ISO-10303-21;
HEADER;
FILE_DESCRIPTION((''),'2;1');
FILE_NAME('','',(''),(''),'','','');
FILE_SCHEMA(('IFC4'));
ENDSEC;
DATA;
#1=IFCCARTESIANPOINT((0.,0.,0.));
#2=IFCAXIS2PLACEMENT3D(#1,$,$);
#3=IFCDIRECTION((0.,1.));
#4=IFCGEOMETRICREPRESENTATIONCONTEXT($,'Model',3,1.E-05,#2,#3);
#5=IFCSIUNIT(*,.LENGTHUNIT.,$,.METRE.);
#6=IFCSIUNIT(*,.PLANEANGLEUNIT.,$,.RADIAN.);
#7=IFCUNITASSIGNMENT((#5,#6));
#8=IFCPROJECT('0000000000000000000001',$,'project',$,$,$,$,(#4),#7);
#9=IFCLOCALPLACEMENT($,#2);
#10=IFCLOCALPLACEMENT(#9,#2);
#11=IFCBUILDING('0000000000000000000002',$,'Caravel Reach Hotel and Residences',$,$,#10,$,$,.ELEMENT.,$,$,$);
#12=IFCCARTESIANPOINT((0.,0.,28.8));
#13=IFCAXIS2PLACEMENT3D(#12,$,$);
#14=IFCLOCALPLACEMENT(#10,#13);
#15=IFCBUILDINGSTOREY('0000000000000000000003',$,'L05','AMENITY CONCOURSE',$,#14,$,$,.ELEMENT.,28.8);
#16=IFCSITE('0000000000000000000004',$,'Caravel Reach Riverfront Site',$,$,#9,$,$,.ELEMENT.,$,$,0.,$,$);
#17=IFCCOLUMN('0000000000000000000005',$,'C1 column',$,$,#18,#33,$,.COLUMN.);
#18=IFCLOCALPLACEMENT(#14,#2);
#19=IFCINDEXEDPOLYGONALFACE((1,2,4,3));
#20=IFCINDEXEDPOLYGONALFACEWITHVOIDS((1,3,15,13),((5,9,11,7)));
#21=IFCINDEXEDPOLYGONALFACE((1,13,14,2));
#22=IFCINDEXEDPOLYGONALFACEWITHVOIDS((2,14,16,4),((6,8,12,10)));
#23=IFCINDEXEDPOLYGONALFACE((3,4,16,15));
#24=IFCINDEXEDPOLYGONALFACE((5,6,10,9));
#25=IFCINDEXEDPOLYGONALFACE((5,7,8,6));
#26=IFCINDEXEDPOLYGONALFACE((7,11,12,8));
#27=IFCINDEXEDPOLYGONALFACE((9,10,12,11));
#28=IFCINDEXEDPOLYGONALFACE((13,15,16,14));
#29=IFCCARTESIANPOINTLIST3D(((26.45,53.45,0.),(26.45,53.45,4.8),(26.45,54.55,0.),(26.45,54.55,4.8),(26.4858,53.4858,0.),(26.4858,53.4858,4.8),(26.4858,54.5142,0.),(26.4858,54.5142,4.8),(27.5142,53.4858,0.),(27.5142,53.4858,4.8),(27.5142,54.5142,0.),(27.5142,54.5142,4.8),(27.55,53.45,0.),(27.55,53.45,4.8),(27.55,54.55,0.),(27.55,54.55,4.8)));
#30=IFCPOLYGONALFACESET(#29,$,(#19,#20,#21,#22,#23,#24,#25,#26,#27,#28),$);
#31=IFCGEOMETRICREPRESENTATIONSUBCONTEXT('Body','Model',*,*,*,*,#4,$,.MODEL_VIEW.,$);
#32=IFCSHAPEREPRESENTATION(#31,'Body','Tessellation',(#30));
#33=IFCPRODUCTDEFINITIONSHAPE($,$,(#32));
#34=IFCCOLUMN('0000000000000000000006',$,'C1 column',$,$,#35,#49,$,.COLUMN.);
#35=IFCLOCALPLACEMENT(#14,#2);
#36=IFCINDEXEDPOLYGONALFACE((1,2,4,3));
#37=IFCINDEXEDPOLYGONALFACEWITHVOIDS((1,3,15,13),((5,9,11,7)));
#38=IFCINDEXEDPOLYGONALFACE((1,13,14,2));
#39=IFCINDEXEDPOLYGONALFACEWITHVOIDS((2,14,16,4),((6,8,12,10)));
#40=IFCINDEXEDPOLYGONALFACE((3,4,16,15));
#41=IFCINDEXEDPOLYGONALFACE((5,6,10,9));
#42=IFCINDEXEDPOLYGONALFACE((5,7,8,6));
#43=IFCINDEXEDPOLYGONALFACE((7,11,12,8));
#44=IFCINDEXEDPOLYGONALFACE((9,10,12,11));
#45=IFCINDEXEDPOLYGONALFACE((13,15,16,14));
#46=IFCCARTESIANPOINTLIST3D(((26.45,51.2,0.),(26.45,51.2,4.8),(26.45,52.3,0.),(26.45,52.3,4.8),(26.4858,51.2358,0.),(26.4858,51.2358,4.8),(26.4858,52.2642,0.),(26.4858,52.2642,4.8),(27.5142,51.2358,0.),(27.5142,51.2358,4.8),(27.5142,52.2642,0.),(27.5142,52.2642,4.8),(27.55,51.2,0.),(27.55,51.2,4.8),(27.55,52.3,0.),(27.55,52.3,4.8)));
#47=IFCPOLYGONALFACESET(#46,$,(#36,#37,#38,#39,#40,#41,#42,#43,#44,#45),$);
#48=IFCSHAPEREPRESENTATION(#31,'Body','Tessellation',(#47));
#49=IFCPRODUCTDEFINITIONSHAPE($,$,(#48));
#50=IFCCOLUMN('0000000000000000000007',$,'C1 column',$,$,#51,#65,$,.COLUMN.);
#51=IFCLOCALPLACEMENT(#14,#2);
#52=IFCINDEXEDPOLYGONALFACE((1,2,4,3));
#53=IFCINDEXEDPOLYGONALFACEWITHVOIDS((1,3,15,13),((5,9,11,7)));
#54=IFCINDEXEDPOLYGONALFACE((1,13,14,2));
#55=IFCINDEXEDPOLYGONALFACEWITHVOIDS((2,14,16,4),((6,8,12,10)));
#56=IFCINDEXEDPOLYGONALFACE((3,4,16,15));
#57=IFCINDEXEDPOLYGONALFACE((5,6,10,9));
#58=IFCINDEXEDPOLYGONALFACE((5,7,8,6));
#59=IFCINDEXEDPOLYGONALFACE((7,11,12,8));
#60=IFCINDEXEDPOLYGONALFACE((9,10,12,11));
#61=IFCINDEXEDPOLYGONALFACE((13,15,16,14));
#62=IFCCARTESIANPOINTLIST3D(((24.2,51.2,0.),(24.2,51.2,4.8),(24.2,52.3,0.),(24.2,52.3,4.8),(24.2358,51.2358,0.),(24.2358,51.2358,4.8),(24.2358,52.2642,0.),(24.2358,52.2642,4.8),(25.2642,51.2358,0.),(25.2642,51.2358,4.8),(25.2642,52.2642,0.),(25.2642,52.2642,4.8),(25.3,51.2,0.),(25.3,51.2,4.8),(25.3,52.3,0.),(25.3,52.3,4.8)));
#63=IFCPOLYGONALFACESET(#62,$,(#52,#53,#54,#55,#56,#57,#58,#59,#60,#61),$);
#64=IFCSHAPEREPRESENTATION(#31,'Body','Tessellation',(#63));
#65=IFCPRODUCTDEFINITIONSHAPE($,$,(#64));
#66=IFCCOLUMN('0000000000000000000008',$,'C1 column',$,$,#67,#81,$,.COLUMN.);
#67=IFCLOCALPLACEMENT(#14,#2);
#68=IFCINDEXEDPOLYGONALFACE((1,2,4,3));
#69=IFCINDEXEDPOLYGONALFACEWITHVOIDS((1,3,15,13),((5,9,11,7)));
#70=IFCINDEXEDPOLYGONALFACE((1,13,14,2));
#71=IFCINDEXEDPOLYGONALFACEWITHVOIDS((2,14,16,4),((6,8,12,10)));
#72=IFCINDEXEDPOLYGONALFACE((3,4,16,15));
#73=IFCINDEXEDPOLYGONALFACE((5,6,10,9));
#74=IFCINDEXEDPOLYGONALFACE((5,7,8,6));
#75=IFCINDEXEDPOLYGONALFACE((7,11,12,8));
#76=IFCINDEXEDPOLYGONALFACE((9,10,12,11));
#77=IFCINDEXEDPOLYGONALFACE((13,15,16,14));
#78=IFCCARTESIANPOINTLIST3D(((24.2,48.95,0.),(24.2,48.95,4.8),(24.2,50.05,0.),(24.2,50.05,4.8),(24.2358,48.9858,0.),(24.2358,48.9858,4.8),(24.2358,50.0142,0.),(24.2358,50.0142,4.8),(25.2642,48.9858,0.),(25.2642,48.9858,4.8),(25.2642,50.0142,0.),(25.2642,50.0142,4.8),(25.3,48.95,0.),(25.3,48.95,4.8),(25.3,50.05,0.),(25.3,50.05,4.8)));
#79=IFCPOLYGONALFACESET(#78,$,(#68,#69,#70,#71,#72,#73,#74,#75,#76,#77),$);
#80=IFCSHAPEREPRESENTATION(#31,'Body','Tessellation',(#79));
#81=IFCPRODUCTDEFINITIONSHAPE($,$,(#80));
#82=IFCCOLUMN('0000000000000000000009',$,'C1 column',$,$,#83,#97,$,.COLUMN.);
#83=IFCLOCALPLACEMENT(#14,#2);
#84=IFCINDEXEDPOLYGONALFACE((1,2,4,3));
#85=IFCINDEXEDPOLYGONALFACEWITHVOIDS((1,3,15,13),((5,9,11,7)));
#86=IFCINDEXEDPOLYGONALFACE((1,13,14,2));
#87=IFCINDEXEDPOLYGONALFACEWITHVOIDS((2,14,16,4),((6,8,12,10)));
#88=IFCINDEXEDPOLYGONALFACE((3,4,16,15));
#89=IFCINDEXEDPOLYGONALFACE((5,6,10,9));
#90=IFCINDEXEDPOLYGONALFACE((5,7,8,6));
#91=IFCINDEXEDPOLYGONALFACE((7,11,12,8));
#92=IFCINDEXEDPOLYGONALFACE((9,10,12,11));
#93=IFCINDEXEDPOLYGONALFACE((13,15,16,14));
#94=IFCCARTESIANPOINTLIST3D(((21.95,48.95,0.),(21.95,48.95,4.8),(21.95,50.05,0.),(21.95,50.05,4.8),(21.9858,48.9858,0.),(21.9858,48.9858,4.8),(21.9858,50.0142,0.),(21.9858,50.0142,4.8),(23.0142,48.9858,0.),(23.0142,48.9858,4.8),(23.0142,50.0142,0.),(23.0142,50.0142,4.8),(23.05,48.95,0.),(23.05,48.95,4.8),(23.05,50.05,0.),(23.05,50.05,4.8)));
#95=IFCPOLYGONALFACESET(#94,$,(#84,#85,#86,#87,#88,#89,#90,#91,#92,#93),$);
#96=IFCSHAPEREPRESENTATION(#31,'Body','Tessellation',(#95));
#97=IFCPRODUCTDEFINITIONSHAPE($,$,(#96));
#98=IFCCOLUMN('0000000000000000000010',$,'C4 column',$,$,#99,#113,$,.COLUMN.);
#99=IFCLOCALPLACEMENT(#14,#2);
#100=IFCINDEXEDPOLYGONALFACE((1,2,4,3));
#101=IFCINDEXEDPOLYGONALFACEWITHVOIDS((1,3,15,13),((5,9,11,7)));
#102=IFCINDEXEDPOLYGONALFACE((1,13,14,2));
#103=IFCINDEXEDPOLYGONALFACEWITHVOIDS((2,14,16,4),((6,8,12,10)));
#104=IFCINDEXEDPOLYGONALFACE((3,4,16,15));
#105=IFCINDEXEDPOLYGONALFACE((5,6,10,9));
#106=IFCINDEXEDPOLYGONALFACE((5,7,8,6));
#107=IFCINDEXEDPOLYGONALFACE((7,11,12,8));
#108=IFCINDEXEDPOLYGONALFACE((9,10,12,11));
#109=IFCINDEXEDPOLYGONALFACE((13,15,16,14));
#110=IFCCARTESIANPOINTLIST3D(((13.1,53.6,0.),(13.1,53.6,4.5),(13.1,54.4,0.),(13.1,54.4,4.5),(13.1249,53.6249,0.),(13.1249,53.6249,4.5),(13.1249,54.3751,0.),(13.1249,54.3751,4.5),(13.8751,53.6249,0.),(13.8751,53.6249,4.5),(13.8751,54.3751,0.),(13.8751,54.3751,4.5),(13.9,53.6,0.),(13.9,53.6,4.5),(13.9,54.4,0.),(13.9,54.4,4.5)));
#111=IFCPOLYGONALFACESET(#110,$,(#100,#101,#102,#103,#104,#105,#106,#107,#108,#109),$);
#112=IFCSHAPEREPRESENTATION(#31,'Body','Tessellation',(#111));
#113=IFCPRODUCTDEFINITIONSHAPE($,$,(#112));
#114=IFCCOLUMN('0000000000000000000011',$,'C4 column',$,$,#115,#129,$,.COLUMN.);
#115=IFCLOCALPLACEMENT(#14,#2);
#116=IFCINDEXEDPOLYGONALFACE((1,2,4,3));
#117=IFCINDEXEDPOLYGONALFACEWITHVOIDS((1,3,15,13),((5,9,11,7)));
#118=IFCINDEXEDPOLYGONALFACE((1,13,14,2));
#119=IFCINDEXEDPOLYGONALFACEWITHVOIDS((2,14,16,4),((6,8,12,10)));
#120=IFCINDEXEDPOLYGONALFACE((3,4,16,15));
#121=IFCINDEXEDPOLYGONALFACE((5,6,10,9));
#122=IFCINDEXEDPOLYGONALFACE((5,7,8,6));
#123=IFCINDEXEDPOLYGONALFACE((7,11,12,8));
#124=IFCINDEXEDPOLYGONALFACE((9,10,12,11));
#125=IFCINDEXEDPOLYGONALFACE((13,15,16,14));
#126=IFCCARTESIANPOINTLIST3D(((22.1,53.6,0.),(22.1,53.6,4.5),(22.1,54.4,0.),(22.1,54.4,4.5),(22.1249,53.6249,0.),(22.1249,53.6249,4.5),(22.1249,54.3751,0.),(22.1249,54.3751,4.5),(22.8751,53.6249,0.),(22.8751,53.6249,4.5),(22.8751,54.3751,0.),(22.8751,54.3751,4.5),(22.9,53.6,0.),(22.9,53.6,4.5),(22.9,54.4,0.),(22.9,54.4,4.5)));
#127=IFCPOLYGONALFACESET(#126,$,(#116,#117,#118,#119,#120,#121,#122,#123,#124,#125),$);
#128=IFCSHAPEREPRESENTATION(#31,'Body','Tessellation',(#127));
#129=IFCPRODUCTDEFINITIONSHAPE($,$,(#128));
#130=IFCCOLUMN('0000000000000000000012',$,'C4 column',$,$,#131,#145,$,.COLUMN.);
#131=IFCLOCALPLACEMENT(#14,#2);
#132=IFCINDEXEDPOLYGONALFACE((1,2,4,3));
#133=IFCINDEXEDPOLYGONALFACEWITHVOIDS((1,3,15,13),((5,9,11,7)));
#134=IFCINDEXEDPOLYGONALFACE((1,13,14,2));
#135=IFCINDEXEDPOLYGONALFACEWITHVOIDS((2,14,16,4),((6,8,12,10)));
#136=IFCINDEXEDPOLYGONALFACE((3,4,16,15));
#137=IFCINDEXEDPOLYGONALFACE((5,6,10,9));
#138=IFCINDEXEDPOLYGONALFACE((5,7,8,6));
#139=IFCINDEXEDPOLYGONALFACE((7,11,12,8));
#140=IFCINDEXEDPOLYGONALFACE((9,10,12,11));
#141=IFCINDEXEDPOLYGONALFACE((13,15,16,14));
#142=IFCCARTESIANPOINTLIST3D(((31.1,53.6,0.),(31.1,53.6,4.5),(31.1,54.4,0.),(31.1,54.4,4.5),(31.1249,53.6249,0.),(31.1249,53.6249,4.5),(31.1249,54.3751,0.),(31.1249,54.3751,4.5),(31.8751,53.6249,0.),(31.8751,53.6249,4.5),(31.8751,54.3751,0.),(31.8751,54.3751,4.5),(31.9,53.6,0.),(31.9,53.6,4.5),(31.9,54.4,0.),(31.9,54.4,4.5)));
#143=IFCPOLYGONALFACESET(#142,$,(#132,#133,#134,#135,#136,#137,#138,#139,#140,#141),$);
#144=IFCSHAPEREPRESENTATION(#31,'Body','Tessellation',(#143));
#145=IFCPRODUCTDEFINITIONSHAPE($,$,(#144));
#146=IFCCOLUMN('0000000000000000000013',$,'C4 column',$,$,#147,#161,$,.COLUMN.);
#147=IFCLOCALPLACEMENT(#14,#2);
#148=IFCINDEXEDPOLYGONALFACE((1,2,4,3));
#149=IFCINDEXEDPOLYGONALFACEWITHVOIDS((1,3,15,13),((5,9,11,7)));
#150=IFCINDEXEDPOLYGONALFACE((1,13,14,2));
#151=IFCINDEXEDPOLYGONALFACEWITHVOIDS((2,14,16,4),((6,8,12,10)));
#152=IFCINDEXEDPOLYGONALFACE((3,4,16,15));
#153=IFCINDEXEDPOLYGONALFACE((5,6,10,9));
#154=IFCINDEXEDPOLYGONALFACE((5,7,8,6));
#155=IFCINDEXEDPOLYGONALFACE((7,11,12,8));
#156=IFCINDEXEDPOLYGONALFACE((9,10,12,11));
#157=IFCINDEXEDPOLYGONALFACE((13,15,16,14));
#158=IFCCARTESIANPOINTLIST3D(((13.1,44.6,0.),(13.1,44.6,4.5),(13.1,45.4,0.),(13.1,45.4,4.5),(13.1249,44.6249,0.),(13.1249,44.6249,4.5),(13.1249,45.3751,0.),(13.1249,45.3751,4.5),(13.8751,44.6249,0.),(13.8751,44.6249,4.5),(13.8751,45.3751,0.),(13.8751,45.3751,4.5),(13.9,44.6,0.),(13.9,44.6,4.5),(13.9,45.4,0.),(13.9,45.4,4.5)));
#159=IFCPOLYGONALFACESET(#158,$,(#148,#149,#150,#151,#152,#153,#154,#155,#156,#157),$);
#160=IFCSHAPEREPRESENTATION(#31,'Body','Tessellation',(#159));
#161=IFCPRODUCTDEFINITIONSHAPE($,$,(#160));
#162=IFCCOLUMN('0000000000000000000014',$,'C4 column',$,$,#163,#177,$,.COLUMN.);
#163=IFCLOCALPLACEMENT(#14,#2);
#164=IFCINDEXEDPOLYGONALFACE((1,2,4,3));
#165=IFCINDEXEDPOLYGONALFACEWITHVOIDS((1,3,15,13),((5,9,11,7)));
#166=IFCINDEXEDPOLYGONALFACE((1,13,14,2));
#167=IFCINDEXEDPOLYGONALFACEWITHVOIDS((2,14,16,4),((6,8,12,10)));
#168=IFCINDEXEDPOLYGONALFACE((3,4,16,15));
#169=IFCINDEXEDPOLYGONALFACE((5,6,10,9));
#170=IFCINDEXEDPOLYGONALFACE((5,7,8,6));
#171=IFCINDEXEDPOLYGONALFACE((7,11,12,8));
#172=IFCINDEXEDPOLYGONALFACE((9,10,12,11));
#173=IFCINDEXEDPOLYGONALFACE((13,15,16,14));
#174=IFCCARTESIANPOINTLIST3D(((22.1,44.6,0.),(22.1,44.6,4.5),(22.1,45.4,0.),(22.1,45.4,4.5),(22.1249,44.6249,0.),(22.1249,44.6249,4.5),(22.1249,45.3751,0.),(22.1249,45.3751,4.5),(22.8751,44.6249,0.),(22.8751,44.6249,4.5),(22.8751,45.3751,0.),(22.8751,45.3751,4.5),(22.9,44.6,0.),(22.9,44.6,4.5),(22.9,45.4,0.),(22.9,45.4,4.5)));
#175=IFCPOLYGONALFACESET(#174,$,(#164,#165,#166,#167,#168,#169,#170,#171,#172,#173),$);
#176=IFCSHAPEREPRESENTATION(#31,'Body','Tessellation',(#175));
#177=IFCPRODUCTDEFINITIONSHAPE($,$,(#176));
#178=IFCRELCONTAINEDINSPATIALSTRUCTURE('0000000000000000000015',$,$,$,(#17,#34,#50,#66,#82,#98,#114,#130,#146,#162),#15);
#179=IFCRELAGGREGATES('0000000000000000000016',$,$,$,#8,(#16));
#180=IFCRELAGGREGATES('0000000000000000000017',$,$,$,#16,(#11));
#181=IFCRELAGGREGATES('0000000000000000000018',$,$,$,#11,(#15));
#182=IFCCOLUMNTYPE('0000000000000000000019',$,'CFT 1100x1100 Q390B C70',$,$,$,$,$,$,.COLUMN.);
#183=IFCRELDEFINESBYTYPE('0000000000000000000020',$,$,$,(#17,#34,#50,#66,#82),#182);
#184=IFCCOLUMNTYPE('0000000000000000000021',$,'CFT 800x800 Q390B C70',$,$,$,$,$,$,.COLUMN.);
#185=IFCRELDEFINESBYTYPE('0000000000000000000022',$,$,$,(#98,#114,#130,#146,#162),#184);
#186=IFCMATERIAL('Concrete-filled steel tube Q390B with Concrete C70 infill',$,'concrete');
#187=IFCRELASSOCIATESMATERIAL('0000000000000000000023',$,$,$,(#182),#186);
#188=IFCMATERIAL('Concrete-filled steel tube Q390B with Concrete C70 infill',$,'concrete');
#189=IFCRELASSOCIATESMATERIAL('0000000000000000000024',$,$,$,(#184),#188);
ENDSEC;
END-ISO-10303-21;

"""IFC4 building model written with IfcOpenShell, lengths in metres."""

from ifc_helpers import new_model, si_unit, direction, frame, origin, origin_2d, place, context, subcontext, project, spatial, hollow_rectangle, extrude, material, material_profile, profile_set, type_object, element, save


model = new_model("IFC4")

# Units and contexts
model_context = context("Model", 3, precision=1e-05, world=origin(), true_north=direction((0.0, 1.0)))
body_context = subcontext(model_context, "Body", "Model", "MODEL_VIEW")
ifc_project = project(units=[si_unit("LENGTHUNIT", "METRE"), si_unit("PLANEANGLEUNIT", "RADIAN")], contexts=[model_context])

# Site, building, storey
site_placement = place(None, origin())
site = spatial("IfcSite", under=ifc_project, at=site_placement, Name="Caravel Reach Riverfront Site", CompositionType="ELEMENT", RefElevation=0.0)
building_placement = place(site_placement, origin())
building = spatial("IfcBuilding", under=site, at=building_placement, Name="Caravel Reach Hotel and Residences", CompositionType="ELEMENT")
storey_placement = place(building_placement, frame((0.0, 0.0, 28.8)))
storey = spatial("IfcBuildingStorey", under=building, at=storey_placement, Name="L05", Description="AMENITY CONCOURSE", CompositionType="ELEMENT", Elevation=28.8)

# Columns
ifc_material_1 = material(Name="Concrete-filled steel tube Q390B with Concrete C70 infill", Category="concrete")
ifc_material_profile_1 = material_profile(ifc_material_1, hollow_rectangle(XDim=1.1001, YDim=1.1001, WallThickness=0.0359, at=origin_2d()), Name="RHS 1100x1100x36")
ifc_profile_set_1 = profile_set([ifc_material_profile_1], Name="Concrete-filled steel tube Q390B with Concrete C70 infill")
column_type_1 = type_object("IfcColumnType", Name="CFT 1100x1100 Q390B C70", PredefinedType="COLUMN", material=ifc_profile_set_1)
for number, where, z_axis, x_axis, name in (
    (1, (27.0, 54.0, 0.0), (0.0, 0.0, 1.0), (1.0, 0.0, 0.0), "C1 column"),
    (2, (27.0, 51.75, 0.0), (0.0, 0.0, 1.0), (1.0, 0.0, 0.0), "C1 column"),
    (3, (24.75, 51.75, 0.0), (0.0, 0.0, 1.0), (1.0, 0.0, 0.0), "C1 column"),
    (4, (24.75, 49.5, 0.0), (0.0, 0.0, 1.0), (1.0, 0.0, 0.0), "C1 column"),
    (5, (22.5, 49.5, 0.0), (0.0, 0.0, 1.0), (1.0, 0.0, 0.0), "C1 column"),
):
    element("IfcColumn", number, at=place(storey_placement, frame(where, z_axis=z_axis, x_axis=x_axis)), inside=storey, type_object=column_type_1, Name=name, PredefinedType="COLUMN", context=body_context, shape_type="SweptSolid", body=[
        extrude(hollow_rectangle(XDim=1.1001, YDim=1.1001, WallThickness=0.0359, at=origin_2d()), origin(), (0.0, 0.0, 1.0), 4.8),
    ])
ifc_material_2 = material(Name="Concrete-filled steel tube Q390B with Concrete C70 infill", Category="concrete")
ifc_material_profile_2 = material_profile(ifc_material_2, hollow_rectangle(XDim=0.8, YDim=0.8, WallThickness=0.0249, at=origin_2d()), Name="RHS 800x800x25")
ifc_profile_set_2 = profile_set([ifc_material_profile_2], Name="Concrete-filled steel tube Q390B with Concrete C70 infill")
column_type_2 = type_object("IfcColumnType", Name="CFT 800x800 Q390B C70", PredefinedType="COLUMN", material=ifc_profile_set_2)
for number, where, z_axis, x_axis, name in (
    (6, (13.5, 54.0, 0.0), (0.0, 0.0, 1.0), (1.0, 0.0, 0.0), "C4 column"),
    (7, (22.5, 54.0, 0.0), (0.0, 0.0, 1.0), (1.0, 0.0, 0.0), "C4 column"),
    (8, (31.5, 54.0, 0.0), (0.0, 0.0, 1.0), (1.0, 0.0, 0.0), "C4 column"),
    (9, (13.5, 45.0, 0.0), (0.0, 0.0, 1.0), (1.0, 0.0, 0.0), "C4 column"),
    (10, (22.5, 45.0, 0.0), (0.0, 0.0, 1.0), (1.0, 0.0, 0.0), "C4 column"),
):
    element("IfcColumn", number, at=place(storey_placement, frame(where, z_axis=z_axis, x_axis=x_axis)), inside=storey, type_object=column_type_2, Name=name, PredefinedType="COLUMN", context=body_context, shape_type="SweptSolid", body=[
        extrude(hollow_rectangle(XDim=0.8, YDim=0.8, WallThickness=0.0249, at=origin_2d()), origin(), (0.0, 0.0, 1.0), 4.5),
    ])

save(model, "model.ifc")
